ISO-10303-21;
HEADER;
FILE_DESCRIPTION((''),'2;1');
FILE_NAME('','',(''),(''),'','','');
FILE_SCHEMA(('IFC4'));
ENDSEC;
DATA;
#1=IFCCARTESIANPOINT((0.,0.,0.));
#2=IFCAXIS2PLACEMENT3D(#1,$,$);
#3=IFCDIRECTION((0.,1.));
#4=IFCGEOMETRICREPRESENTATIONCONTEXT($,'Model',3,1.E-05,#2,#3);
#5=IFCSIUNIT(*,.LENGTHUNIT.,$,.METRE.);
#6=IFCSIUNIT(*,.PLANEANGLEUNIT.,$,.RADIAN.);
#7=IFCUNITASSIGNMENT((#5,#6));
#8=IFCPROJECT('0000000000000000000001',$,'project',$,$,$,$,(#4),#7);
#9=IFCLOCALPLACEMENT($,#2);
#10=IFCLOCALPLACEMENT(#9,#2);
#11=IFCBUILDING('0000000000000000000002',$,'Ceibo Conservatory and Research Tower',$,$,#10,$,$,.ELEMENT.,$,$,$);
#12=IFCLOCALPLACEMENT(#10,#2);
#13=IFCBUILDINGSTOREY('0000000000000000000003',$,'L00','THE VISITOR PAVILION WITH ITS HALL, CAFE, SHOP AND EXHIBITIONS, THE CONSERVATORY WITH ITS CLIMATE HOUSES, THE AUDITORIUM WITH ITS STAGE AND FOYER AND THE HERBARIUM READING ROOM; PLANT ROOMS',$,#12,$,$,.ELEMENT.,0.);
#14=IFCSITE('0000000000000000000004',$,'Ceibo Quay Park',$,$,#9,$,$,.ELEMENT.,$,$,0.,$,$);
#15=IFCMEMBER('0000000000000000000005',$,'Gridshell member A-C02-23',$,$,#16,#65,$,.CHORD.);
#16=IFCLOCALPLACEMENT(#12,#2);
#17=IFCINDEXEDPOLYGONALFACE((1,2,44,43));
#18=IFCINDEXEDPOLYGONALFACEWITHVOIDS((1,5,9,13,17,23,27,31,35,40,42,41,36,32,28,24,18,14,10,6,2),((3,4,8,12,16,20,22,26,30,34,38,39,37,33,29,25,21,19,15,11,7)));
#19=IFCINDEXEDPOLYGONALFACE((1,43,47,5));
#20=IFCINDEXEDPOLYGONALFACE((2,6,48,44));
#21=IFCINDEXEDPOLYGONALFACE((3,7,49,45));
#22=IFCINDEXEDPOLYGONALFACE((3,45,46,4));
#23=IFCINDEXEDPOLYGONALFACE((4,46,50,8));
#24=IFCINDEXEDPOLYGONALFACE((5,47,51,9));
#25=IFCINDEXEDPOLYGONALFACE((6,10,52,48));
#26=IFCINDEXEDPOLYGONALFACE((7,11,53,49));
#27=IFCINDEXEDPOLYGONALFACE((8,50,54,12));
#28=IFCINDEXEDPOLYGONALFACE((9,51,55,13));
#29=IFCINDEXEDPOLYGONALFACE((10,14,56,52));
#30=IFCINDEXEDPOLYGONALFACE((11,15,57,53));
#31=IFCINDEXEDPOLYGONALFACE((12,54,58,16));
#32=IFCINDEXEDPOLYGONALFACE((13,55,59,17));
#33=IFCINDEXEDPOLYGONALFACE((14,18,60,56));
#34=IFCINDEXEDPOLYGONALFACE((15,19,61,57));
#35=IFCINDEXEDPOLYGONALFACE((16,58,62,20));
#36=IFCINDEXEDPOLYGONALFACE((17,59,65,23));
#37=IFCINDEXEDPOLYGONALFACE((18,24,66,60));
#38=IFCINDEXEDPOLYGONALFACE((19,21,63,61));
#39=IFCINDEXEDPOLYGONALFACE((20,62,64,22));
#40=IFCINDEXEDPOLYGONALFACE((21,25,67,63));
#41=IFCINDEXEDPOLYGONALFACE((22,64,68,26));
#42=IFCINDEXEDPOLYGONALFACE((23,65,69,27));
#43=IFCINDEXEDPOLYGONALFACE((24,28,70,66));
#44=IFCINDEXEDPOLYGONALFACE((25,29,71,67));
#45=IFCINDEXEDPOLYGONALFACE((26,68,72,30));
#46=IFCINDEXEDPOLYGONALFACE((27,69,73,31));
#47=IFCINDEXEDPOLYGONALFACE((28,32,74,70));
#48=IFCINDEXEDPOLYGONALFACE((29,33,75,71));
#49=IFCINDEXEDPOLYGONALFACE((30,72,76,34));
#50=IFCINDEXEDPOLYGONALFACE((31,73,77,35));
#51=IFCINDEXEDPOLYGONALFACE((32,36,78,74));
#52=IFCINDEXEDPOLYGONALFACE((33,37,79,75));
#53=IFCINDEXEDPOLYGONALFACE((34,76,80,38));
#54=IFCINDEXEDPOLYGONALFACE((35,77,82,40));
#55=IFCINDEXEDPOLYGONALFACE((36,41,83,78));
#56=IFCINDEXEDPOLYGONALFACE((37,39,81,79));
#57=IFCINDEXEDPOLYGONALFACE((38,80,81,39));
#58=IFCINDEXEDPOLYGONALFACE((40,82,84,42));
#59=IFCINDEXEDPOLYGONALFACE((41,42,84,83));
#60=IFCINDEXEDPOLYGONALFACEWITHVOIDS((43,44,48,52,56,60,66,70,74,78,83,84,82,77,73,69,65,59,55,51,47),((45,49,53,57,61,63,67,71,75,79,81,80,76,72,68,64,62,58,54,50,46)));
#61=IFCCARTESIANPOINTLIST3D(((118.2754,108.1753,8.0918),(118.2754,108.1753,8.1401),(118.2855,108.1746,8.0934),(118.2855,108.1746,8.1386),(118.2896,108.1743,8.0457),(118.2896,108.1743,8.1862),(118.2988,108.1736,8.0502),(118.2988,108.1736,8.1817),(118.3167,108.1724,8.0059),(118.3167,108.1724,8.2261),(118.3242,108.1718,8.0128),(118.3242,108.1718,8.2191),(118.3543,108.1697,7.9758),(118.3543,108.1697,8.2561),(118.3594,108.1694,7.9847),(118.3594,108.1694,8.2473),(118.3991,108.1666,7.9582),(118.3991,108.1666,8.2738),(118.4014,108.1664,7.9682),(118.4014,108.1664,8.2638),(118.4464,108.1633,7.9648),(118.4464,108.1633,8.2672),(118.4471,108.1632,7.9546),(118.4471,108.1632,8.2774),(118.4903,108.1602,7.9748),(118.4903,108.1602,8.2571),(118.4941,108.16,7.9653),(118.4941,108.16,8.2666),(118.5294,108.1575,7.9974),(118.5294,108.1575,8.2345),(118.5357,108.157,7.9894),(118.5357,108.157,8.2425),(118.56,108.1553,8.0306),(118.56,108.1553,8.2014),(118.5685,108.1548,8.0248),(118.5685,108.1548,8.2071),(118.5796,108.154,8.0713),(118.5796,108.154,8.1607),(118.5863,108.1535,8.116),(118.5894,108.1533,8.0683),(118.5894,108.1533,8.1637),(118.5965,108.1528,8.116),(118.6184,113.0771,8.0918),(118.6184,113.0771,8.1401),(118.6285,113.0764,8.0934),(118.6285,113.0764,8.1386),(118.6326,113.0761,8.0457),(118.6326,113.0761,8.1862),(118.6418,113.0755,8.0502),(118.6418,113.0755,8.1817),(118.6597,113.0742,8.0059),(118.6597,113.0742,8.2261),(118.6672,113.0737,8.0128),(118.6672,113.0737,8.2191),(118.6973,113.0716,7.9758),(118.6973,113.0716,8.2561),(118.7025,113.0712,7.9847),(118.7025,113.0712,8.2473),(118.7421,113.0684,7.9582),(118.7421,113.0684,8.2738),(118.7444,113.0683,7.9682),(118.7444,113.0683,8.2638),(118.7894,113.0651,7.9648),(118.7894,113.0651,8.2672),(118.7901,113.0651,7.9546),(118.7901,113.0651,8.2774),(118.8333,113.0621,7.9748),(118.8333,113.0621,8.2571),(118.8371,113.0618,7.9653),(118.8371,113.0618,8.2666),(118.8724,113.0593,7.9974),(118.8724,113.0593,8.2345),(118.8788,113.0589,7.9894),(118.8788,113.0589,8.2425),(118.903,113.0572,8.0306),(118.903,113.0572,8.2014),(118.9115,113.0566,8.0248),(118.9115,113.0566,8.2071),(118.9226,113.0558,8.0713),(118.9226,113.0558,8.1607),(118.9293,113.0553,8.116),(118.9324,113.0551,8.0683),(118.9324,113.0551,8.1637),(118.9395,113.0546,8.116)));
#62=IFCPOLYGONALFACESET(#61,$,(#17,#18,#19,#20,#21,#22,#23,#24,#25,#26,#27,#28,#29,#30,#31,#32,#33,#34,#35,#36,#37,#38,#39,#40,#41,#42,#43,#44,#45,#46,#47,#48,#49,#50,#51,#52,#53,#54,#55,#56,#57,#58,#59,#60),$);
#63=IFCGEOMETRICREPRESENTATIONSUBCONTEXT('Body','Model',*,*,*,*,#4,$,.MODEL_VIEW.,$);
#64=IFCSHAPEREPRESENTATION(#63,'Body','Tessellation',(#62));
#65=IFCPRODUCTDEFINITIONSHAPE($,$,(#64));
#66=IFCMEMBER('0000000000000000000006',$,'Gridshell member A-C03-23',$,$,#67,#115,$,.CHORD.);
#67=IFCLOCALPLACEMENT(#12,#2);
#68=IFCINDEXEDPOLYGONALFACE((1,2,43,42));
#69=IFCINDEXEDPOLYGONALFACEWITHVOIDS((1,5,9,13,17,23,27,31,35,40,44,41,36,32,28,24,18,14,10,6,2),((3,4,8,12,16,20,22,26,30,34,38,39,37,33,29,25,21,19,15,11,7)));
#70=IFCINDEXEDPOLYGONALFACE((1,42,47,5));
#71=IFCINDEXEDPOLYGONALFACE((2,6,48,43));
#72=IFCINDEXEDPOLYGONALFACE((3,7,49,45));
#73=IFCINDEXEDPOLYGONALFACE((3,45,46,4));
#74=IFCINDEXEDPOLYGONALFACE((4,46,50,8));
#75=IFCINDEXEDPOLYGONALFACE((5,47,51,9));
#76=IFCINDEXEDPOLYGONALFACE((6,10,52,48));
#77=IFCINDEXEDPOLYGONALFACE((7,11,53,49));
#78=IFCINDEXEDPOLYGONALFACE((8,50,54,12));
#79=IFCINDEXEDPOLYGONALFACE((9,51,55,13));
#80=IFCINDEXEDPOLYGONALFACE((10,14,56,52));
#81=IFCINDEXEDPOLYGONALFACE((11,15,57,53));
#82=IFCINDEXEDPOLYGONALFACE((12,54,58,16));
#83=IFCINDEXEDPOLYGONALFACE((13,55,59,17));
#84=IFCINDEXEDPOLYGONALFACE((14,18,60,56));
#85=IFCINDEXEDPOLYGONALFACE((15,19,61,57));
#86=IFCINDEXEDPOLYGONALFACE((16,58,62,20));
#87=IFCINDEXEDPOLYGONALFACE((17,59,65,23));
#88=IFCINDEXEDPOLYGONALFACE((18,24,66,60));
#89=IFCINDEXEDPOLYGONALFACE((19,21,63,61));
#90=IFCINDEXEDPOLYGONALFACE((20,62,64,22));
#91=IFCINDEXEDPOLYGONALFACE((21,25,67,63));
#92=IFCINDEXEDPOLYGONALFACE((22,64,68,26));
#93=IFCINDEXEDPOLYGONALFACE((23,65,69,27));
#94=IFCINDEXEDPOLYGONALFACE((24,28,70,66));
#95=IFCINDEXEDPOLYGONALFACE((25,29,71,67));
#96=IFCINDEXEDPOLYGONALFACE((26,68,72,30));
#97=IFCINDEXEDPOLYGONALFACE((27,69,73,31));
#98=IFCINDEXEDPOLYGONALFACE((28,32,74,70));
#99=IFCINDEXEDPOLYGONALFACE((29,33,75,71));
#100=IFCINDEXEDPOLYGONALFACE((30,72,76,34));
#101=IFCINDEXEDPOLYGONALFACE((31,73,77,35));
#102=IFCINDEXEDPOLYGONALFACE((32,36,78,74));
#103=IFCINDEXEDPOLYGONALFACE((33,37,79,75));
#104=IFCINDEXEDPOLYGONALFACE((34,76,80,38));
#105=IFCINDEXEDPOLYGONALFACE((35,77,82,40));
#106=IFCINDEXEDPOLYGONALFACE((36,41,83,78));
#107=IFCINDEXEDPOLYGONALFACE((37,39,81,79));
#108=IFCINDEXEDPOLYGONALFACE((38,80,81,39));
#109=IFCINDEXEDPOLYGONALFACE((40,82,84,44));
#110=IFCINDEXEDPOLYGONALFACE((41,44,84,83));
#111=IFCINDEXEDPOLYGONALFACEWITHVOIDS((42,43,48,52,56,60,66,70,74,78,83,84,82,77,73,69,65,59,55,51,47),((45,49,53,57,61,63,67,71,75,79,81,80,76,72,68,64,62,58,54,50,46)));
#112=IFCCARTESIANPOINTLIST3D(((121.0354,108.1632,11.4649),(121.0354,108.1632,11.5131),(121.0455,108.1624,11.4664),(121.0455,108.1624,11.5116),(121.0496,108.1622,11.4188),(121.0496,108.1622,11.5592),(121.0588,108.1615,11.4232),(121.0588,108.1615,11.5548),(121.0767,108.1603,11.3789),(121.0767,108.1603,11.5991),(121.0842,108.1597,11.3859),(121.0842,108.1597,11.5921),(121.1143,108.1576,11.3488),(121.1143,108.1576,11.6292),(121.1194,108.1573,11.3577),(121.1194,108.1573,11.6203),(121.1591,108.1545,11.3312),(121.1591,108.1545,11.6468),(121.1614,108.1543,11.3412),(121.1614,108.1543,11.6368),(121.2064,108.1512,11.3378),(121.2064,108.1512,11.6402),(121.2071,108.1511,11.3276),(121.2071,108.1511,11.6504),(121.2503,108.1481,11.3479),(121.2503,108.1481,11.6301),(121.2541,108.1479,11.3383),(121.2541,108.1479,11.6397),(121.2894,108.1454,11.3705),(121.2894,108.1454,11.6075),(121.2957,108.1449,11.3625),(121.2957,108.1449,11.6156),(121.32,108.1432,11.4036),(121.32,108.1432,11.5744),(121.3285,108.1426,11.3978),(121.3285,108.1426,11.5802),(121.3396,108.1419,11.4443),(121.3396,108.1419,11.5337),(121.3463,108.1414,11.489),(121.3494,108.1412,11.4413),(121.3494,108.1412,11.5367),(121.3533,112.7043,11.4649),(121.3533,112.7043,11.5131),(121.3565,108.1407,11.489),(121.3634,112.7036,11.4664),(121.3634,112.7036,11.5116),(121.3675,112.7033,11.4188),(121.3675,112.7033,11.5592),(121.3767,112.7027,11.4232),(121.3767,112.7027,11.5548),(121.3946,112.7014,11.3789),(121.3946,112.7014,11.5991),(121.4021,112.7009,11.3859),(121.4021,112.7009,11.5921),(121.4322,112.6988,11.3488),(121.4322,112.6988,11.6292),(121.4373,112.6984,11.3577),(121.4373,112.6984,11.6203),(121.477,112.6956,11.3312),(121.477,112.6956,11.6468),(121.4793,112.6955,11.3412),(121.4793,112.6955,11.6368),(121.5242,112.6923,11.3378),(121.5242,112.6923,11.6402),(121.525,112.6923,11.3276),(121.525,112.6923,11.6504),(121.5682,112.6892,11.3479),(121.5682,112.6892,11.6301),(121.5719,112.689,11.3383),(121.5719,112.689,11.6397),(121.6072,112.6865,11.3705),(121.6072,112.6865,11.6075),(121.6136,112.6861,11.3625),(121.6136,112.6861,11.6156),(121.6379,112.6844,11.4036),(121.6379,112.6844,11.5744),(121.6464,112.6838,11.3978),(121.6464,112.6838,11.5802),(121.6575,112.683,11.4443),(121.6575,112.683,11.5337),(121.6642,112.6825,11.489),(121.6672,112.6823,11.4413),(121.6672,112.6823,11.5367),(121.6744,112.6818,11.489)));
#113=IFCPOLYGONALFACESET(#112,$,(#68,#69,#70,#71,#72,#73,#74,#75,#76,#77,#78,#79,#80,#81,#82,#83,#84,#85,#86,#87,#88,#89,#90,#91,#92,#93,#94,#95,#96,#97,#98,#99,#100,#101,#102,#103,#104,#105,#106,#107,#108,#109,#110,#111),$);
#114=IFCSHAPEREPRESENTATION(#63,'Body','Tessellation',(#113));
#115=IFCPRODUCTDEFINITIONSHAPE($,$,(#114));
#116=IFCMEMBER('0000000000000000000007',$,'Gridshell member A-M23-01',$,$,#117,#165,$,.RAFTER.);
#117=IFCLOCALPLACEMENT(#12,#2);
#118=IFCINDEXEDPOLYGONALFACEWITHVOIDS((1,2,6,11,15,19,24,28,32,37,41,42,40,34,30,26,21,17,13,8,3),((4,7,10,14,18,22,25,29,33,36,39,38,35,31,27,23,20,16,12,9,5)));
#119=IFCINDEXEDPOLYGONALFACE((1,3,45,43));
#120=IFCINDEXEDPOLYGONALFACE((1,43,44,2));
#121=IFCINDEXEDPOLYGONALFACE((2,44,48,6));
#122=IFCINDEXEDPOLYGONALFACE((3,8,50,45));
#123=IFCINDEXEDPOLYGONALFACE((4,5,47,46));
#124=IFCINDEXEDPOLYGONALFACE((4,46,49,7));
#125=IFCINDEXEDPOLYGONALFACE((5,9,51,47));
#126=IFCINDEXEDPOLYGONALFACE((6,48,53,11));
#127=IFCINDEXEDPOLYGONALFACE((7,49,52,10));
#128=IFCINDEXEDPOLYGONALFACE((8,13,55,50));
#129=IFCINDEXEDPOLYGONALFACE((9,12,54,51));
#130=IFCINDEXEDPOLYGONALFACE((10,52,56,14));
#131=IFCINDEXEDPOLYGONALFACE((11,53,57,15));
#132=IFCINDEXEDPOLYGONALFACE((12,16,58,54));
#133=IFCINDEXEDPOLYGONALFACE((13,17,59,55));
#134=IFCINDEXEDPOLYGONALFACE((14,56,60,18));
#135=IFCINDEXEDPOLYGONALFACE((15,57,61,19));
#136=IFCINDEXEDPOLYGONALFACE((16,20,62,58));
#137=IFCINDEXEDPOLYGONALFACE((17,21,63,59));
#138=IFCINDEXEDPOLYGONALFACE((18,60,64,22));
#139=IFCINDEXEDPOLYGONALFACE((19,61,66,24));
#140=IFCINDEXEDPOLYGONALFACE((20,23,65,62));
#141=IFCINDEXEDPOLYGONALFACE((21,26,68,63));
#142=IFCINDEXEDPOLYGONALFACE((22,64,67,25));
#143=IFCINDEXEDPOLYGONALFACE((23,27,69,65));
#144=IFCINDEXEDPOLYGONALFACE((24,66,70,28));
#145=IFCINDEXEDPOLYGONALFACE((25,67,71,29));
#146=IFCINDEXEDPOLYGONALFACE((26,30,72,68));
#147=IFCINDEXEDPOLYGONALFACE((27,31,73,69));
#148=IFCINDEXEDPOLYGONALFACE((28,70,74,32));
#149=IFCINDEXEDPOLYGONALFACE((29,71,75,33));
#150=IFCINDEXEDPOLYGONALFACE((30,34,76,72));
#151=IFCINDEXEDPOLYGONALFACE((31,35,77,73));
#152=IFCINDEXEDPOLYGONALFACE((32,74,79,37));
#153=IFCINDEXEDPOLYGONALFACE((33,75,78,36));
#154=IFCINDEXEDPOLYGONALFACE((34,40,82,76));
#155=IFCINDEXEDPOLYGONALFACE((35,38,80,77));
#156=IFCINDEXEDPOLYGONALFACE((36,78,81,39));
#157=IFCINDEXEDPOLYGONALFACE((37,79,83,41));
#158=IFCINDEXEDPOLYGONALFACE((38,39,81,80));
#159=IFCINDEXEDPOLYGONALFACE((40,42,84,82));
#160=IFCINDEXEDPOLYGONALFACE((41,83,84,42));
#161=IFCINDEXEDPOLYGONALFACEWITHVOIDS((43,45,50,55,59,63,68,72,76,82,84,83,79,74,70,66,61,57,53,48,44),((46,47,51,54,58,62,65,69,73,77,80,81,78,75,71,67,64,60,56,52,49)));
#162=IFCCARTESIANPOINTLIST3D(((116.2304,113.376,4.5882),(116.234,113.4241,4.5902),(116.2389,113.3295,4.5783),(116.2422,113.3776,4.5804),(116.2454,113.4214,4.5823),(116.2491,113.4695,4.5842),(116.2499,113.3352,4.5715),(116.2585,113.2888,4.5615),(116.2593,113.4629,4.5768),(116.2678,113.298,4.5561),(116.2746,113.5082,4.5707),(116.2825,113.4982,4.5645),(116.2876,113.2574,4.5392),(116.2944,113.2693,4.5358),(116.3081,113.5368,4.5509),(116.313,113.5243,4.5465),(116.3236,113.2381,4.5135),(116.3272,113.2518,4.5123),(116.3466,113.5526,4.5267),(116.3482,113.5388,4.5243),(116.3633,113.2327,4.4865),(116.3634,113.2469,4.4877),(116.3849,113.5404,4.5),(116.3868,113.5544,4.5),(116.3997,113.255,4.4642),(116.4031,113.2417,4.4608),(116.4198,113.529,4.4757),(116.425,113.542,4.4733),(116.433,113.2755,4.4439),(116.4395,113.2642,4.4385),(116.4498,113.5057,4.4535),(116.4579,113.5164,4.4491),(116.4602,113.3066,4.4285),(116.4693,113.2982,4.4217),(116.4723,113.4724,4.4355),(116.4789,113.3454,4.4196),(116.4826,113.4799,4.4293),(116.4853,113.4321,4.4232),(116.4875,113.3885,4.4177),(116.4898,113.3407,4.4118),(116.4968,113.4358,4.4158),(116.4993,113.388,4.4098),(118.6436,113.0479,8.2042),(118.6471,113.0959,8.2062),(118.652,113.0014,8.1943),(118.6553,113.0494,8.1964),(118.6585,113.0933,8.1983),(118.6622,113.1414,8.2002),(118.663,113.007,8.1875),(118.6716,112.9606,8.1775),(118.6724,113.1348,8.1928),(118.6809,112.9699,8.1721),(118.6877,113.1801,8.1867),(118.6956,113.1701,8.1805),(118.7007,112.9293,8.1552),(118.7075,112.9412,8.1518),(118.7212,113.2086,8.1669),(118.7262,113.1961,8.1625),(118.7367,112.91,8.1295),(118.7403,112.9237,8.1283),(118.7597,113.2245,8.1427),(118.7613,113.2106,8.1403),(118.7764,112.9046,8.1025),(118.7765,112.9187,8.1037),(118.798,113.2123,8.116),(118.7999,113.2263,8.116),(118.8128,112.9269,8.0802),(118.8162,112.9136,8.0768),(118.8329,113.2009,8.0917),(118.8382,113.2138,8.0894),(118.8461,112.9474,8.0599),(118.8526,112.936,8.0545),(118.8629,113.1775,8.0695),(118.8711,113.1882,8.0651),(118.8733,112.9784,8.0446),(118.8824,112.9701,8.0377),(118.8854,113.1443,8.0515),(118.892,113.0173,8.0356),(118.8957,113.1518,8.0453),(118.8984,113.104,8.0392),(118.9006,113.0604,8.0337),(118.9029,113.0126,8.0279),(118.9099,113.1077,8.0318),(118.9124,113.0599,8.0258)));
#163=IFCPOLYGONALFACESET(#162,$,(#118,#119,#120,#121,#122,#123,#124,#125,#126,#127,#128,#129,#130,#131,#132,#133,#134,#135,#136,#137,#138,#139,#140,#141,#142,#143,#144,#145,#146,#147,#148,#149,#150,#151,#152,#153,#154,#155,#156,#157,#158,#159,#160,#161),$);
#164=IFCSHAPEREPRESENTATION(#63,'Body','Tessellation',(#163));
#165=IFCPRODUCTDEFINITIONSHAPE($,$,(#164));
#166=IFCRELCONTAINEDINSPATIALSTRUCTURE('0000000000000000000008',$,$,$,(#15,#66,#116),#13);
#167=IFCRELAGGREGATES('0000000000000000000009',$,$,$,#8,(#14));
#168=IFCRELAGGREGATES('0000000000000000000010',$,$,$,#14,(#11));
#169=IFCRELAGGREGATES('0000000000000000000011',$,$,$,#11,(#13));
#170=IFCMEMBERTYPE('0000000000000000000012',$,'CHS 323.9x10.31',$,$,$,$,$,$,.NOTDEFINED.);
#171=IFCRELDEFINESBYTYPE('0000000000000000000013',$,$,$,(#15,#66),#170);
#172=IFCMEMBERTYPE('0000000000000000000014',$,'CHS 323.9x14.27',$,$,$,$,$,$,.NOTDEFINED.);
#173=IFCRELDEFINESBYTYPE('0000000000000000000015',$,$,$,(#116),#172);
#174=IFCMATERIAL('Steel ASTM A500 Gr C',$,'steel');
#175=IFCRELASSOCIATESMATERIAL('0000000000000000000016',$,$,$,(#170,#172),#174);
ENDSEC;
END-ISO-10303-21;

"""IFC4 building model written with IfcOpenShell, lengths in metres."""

from ifc_helpers import new_model, si_unit, direction, frame, origin, origin_2d, place, context, subcontext, project, spatial, hollow_circle, extrude, material, material_profile, profile_set, type_object, element, save


model = new_model("IFC4")

# Units and contexts
model_context = context("Model", 3, precision=1e-05, world=origin(), true_north=direction((0.0, 1.0)))
body_context = subcontext(model_context, "Body", "Model", "MODEL_VIEW")
ifc_project = project(units=[si_unit("LENGTHUNIT", "METRE"), si_unit("PLANEANGLEUNIT", "RADIAN")], contexts=[model_context])

# Site, building, storey
site_placement = place(None, origin())
site = spatial("IfcSite", under=ifc_project, at=site_placement, Name="Ceibo Quay Park", CompositionType="ELEMENT", RefElevation=0.0)
building_placement = place(site_placement, origin())
building = spatial("IfcBuilding", under=site, at=building_placement, Name="Ceibo Conservatory and Research Tower", CompositionType="ELEMENT")
storey_placement = place(building_placement, origin())
storey = spatial("IfcBuildingStorey", under=building, at=storey_placement, Name="L00", Description="THE VISITOR PAVILION WITH ITS HALL, CAFE, SHOP AND EXHIBITIONS, THE CONSERVATORY WITH ITS CLIMATE HOUSES, THE AUDITORIUM WITH ITS STAGE AND FOYER AND THE HERBARIUM READING ROOM; PLANT ROOMS", CompositionType="ELEMENT", Elevation=0.0)

# Shared definitions
ifc_material_1 = material(Name="Steel ASTM A500 Gr C", Category="steel")

# Members
ifc_material_profile_1 = material_profile(ifc_material_1, hollow_circle(Radius=0.1619, WallThickness=0.0103, at=origin_2d()), Name="CHS 323.9x10.31")
ifc_profile_set_1 = profile_set([ifc_material_profile_1], Name="Steel ASTM A500 Gr C")
member_type_1 = type_object("IfcMemberType", Name="CHS 323.9x10.31", PredefinedType="NOTDEFINED", material=ifc_profile_set_1)
member_1_placement = place(storey_placement, frame((118.7781, 113.0659, 8.116), z_axis=(-0.069806, -0.997561, 0.0), x_axis=(0.997561, -0.069806, 0.0)))
element("IfcMember", 1, at=member_1_placement, inside=storey, type_object=member_type_1, Name="Gridshell member A-C02-23", PredefinedType="CHORD", context=body_context, shape_type="SweptSolid", body=[
    extrude(hollow_circle(Radius=0.1619, WallThickness=0.0103, at=origin_2d()), origin(), (0.0, 0.0, 1.0), 4.9138),
])
member_2_placement = place(storey_placement, frame((121.5129, 112.6931, 11.489), z_axis=(-0.069829, -0.997559, 0.0), x_axis=(0.997559, -0.069829, 0.0)))
element("IfcMember", 2, at=member_2_placement, inside=storey, type_object=member_type_1, Name="Gridshell member A-C03-23", PredefinedType="CHORD", context=body_context, shape_type="SweptSolid", body=[
    extrude(hollow_circle(Radius=0.1619, WallThickness=0.0103, at=origin_2d()), origin(), (0.0, 0.0, 1.0), 4.5522),
])
ifc_material_profile_2 = material_profile(ifc_material_1, hollow_circle(Radius=0.1619, WallThickness=0.0142, at=origin_2d()), Name="CHS 323.9x14.27")
ifc_profile_set_2 = profile_set([ifc_material_profile_2], Name="Steel ASTM A500 Gr C")
member_type_2 = type_object("IfcMemberType", Name="CHS 323.9x14.27", PredefinedType="NOTDEFINED", material=ifc_profile_set_2)
member_3_placement = place(storey_placement, frame((116.365, 113.394, 4.5), z_axis=(0.553514, -0.075265, 0.829432), x_axis=(0.134737, 0.990881, 0.0)))
element("IfcMember", 3, at=member_3_placement, inside=storey, type_object=member_type_2, Name="Gridshell member A-M23-01", PredefinedType="RAFTER", context=body_context, shape_type="SweptSolid", body=[
    extrude(hollow_circle(Radius=0.1619, WallThickness=0.0142, at=origin_2d()), origin(), (0.0, 0.0, 1.0), 4.3596),
])

save(model, "model.ifc")
